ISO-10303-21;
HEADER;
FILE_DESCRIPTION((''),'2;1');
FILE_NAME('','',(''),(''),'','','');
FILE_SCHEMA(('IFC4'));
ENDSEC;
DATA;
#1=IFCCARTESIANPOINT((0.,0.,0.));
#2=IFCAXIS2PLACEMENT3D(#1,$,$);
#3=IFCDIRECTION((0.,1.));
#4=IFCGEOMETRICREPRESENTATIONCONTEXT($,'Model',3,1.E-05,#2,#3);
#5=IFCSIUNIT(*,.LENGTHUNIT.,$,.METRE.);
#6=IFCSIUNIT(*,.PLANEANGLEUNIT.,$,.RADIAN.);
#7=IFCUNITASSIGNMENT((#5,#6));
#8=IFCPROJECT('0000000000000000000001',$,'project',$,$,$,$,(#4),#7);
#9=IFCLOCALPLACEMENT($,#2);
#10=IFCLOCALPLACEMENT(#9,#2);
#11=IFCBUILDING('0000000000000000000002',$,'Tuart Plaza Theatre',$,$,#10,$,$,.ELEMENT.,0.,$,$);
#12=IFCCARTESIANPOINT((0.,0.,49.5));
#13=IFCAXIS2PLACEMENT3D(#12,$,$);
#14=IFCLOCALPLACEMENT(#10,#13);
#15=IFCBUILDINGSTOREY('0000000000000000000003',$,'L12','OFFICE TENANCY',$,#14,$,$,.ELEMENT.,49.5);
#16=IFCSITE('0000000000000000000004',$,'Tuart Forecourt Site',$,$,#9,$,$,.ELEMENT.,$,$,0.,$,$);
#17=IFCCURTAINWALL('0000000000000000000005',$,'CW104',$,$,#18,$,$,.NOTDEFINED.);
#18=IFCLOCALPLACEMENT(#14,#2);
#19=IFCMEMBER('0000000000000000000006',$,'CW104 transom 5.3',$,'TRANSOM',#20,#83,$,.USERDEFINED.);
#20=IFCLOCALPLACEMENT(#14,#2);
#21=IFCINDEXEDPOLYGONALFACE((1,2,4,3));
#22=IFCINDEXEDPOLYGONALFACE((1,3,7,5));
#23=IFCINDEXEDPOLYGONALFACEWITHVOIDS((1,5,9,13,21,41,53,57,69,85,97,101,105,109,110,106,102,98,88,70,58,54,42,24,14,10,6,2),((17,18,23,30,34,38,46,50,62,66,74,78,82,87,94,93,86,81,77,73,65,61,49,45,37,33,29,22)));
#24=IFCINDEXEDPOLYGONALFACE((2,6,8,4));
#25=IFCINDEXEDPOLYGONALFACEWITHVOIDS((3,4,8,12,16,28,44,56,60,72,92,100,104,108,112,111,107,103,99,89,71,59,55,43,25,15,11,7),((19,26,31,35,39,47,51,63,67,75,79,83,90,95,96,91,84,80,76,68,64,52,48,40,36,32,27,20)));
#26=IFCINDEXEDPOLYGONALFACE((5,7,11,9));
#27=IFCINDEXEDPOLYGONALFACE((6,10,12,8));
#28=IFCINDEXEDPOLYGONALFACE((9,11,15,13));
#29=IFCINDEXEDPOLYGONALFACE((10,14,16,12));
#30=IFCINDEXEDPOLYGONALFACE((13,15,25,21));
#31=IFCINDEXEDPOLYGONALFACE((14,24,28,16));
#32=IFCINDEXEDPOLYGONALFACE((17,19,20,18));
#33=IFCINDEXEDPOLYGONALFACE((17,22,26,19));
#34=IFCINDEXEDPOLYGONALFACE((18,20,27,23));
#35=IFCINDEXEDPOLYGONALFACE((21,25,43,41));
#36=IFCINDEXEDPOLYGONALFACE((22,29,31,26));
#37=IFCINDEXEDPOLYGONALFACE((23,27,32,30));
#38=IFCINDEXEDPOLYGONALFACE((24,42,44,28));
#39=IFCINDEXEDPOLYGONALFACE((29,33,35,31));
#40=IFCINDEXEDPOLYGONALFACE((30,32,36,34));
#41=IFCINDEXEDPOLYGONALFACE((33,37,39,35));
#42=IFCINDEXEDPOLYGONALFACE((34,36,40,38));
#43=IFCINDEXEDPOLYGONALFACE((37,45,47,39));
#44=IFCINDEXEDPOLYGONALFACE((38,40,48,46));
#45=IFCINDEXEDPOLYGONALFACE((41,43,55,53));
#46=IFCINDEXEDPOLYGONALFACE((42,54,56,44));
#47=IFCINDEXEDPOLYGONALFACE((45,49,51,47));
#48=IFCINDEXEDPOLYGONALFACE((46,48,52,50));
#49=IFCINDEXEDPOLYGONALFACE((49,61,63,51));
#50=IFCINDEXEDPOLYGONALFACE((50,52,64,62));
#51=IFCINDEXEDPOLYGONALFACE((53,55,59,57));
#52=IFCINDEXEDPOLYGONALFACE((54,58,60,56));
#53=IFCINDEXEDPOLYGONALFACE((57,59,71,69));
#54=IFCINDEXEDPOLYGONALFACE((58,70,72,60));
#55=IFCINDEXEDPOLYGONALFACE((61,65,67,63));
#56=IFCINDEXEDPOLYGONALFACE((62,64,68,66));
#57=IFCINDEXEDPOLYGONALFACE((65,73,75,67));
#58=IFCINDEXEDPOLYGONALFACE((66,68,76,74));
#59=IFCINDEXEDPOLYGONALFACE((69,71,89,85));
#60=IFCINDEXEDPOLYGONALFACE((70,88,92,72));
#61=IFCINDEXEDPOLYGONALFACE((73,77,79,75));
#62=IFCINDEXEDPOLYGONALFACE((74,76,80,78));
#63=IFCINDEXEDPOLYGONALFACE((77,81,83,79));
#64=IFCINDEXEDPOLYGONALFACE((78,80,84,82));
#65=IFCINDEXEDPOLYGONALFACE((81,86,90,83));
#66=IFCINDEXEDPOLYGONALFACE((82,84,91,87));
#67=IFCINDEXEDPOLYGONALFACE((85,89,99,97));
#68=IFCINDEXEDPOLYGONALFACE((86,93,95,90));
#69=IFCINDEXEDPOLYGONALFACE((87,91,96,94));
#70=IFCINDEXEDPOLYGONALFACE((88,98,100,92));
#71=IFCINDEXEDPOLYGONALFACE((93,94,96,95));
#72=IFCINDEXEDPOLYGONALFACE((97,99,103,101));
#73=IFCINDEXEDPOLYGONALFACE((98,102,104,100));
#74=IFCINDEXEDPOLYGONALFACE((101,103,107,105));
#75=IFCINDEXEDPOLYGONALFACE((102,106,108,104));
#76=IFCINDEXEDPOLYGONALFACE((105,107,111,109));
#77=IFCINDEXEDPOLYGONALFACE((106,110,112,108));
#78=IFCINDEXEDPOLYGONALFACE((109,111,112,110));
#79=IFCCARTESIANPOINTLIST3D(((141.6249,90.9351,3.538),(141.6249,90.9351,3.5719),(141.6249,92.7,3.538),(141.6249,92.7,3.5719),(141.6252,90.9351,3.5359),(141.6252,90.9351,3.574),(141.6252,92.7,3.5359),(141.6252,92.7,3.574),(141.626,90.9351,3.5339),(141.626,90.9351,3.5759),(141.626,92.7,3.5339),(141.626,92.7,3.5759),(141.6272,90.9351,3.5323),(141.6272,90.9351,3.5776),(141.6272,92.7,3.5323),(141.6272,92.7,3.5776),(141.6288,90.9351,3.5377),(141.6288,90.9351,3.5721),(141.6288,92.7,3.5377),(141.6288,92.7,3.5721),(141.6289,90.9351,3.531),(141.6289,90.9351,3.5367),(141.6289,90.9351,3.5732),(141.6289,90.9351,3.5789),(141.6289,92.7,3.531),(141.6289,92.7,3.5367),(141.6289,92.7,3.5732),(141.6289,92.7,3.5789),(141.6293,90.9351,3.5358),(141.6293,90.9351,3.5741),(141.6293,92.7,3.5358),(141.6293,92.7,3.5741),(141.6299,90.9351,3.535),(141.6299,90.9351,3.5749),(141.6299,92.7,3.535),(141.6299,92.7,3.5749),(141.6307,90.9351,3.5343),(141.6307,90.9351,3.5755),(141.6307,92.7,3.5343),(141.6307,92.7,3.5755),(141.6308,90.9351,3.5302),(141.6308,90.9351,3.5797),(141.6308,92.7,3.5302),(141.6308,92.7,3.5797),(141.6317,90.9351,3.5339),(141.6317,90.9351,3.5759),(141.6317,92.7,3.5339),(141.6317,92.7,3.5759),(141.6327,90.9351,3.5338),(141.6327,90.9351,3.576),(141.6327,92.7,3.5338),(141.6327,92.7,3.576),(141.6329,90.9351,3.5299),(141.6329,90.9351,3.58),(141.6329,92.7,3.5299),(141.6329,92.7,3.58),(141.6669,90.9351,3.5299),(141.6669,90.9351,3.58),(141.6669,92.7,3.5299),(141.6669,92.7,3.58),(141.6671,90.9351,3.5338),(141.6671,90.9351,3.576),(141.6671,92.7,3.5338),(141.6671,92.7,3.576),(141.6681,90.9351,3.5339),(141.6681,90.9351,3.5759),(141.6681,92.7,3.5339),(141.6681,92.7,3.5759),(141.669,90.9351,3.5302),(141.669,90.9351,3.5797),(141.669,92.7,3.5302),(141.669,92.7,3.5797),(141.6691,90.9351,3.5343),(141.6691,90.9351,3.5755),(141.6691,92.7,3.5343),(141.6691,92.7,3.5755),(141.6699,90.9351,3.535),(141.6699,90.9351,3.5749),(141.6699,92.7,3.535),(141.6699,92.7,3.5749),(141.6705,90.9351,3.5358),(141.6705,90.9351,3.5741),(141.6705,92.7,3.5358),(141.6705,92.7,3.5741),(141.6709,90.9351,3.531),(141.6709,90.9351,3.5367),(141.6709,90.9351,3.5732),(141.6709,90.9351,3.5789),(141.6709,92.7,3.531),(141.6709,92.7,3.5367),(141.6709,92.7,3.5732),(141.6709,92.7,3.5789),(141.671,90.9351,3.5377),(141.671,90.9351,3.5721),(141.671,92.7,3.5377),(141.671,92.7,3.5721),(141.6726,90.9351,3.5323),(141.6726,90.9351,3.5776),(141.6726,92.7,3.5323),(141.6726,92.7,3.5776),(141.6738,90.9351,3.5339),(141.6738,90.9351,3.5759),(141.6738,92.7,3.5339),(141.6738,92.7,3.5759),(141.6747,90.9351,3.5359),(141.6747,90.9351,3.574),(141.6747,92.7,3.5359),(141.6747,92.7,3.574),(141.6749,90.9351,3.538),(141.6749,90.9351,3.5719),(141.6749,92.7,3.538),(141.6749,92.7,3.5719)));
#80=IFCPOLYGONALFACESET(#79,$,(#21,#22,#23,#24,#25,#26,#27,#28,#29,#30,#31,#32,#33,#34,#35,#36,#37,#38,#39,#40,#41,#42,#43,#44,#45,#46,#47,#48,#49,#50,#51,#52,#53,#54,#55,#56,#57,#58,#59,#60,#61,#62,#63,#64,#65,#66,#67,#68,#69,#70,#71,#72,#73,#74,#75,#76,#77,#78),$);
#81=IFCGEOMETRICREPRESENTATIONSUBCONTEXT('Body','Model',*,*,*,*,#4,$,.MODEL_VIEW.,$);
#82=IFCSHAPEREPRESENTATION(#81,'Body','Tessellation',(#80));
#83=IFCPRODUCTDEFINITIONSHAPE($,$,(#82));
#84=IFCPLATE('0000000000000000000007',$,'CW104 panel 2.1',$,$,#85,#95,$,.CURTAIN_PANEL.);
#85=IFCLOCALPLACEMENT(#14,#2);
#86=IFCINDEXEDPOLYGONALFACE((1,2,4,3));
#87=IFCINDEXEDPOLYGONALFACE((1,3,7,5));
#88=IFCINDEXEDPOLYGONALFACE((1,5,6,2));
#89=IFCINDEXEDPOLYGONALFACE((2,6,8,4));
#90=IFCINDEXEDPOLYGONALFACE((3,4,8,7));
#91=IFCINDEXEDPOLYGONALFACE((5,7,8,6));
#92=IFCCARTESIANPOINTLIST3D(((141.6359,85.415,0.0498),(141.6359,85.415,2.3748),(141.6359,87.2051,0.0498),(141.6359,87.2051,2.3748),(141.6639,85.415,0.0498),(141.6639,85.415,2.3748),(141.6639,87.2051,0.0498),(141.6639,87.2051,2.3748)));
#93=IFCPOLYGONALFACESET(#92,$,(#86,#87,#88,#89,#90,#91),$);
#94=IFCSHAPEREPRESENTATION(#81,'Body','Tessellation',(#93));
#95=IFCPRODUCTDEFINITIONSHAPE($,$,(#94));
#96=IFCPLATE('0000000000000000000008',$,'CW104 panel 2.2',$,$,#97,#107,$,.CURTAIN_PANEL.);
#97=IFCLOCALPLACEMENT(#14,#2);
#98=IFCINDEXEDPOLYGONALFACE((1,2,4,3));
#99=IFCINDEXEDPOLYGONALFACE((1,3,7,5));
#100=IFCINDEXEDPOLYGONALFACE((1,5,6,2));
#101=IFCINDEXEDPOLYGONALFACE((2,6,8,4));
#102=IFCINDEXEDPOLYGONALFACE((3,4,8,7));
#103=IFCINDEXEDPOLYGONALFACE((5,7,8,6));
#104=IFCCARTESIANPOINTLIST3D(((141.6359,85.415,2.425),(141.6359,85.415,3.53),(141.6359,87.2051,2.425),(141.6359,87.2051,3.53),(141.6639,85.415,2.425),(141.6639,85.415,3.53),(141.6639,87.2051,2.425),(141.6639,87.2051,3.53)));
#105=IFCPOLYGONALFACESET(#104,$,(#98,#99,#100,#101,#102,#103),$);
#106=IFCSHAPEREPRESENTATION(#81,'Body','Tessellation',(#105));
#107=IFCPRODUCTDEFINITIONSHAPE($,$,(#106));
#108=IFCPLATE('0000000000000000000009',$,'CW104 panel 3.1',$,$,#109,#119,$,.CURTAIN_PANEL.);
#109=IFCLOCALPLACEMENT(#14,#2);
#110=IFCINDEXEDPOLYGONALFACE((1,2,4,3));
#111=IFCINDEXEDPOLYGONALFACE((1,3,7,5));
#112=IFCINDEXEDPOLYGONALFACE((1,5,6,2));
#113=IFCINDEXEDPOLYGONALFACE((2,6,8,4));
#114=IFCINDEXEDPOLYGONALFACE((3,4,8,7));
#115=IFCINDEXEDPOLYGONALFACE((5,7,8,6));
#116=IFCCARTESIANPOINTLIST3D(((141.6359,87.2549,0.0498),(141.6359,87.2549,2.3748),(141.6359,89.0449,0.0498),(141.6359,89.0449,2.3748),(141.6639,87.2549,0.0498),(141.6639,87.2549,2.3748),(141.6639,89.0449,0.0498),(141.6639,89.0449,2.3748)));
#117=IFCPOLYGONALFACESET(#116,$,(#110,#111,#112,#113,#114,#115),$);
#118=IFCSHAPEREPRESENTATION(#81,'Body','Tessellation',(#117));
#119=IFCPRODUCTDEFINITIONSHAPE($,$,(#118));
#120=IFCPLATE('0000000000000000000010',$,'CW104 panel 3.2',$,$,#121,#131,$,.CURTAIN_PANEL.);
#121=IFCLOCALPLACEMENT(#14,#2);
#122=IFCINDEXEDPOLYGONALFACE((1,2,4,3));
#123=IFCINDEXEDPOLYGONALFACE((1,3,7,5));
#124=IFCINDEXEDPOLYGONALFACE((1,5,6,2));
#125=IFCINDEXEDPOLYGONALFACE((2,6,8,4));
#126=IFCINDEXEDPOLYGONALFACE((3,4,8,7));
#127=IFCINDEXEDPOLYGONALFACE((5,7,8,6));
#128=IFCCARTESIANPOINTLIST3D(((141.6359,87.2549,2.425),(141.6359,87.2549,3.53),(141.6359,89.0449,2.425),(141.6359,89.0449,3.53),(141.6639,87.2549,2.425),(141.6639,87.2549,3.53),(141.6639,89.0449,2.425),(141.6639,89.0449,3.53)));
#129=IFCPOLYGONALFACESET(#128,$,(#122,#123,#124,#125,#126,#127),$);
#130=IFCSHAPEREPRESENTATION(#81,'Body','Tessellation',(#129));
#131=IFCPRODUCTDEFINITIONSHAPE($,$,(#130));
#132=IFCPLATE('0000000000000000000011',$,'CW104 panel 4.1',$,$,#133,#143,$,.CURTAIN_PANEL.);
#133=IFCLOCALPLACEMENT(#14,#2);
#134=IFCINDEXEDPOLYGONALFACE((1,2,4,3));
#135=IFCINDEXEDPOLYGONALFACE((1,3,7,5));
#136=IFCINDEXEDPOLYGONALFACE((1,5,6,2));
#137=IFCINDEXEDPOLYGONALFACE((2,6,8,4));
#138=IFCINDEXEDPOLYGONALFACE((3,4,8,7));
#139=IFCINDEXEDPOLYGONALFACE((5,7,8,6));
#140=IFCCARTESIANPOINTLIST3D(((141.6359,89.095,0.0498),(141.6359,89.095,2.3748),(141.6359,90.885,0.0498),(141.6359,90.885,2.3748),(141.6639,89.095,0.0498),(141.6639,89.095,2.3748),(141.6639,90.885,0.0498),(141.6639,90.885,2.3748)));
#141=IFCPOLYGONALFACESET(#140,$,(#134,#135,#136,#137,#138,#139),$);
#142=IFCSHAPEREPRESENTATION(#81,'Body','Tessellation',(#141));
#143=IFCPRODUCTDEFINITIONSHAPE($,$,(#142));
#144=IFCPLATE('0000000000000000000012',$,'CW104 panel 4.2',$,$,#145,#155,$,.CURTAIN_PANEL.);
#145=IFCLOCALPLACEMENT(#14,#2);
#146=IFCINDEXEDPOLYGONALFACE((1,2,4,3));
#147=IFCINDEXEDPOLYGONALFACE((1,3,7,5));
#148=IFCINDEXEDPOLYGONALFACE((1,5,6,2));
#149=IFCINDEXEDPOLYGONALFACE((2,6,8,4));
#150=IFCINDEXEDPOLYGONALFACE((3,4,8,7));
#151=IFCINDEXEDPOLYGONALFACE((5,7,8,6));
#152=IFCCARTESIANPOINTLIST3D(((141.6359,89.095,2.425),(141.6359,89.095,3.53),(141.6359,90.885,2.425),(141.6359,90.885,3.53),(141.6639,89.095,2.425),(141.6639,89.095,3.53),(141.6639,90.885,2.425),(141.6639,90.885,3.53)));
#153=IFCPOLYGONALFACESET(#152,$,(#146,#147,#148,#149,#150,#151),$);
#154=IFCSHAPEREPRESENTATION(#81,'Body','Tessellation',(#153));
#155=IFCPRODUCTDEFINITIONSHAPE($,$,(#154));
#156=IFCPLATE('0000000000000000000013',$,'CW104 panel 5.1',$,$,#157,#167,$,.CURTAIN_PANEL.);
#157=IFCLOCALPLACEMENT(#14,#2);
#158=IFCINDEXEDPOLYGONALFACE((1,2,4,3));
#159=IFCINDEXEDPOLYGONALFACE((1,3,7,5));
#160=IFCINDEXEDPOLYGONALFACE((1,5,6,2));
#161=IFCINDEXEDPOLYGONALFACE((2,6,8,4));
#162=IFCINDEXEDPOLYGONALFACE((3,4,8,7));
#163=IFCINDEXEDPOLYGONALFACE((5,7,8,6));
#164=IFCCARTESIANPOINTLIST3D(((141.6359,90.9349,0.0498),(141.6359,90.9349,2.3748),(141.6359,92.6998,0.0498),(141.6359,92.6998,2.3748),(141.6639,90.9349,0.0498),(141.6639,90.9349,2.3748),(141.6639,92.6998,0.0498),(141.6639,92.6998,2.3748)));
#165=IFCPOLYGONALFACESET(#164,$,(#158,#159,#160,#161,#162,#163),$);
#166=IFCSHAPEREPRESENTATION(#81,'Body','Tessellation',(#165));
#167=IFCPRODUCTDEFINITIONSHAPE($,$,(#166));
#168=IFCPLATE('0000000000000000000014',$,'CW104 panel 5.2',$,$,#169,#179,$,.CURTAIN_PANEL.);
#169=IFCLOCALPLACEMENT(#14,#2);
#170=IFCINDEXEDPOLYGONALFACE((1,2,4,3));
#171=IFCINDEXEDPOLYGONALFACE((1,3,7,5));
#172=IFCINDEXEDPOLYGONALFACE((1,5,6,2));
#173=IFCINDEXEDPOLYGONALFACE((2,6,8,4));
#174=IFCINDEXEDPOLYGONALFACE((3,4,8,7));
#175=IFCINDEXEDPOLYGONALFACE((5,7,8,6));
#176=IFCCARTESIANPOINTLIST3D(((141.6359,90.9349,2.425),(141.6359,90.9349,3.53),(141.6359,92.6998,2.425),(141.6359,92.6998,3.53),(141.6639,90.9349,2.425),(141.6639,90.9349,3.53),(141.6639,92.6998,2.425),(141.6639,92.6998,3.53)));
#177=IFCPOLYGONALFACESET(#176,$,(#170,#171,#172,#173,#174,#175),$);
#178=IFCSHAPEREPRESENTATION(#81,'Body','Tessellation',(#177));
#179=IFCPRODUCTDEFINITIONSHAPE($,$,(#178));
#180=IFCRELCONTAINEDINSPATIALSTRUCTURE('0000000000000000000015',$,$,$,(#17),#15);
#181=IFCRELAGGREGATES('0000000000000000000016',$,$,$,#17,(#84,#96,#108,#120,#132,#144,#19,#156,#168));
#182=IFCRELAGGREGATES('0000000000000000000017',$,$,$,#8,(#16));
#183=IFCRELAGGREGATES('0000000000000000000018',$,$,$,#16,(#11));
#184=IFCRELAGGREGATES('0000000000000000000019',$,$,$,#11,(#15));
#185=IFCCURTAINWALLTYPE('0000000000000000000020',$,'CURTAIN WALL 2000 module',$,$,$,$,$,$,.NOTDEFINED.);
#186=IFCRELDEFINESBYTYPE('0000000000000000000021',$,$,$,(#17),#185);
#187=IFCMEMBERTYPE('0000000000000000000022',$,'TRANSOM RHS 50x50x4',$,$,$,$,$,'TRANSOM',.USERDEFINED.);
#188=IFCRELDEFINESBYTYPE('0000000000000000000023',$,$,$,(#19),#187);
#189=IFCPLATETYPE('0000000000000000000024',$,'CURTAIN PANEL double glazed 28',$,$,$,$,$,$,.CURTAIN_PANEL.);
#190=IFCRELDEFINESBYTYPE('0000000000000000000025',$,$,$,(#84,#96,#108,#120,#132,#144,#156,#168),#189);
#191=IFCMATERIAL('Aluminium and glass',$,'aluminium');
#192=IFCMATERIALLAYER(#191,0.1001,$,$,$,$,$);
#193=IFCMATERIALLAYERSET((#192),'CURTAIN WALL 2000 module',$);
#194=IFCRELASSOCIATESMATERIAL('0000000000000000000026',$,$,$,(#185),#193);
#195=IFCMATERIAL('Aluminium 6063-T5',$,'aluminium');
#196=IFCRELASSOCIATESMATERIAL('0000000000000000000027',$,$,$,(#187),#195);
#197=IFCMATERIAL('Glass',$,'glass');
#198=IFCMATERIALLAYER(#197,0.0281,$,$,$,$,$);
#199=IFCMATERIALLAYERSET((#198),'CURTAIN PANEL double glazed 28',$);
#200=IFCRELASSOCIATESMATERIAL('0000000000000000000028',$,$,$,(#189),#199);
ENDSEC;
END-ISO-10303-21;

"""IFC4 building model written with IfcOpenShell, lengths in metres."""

from ifc_helpers import new_model, si_unit, direction, frame, origin, origin_2d, place, context, subcontext, project, spatial, rectangle, hollow_rectangle, extrude, material, layer, layer_set, material_profile, profile_set, type_object, element, aggregate, save


model = new_model("IFC4")

# Units and contexts
model_context = context("Model", 3, precision=1e-05, world=origin(), true_north=direction((0.0, 1.0)))
body_context = subcontext(model_context, "Body", "Model", "MODEL_VIEW")
ifc_project = project(units=[si_unit("LENGTHUNIT", "METRE"), si_unit("PLANEANGLEUNIT", "RADIAN")], contexts=[model_context])

# Site, building, storey
site_placement = place(None, origin())
site = spatial("IfcSite", under=ifc_project, at=site_placement, Name="Tuart Forecourt Site", CompositionType="ELEMENT", RefElevation=0.0)
building_placement = place(site_placement, origin())
building = spatial("IfcBuilding", under=site, at=building_placement, Name="Tuart Plaza Theatre", CompositionType="ELEMENT", ElevationOfRefHeight=0.0)
storey_placement = place(building_placement, frame((0.0, 0.0, 49.5)))
storey = spatial("IfcBuildingStorey", under=building, at=storey_placement, Name="L12", Description="OFFICE TENANCY", CompositionType="ELEMENT", Elevation=49.5)

# Curtain wall, member, plates
ifc_material_1 = material(Name="Aluminium and glass", Category="aluminium")
ifc_layer_1 = layer(ifc_material_1, 0.1001)
ifc_layer_set_1 = layer_set([ifc_layer_1], Name="CURTAIN WALL 2000 module")
curtain_wall_type = type_object("IfcCurtainWallType", Name="CURTAIN WALL 2000 module", PredefinedType="NOTDEFINED", material=ifc_layer_set_1)
curtain_wall_placement = place(storey_placement, origin())
curtain_wall = element("IfcCurtainWall", 1, at=curtain_wall_placement, inside=storey, type_object=curtain_wall_type, Name="CW104", PredefinedType="NOTDEFINED")
ifc_material_2 = material(Name="Aluminium 6063-T5", Category="aluminium")
ifc_material_profile_1 = material_profile(ifc_material_2, hollow_rectangle(XDim=0.05, YDim=0.05, WallThickness=0.0039, InnerFilletRadius=0.0039, OuterFilletRadius=0.0081, at=origin_2d()), Name="RHS 50x50x4")
ifc_profile_set_1 = profile_set([ifc_material_profile_1], Name="Aluminium 6063-T5")
member_type_1 = type_object("IfcMemberType", Name="TRANSOM RHS 50x50x4", ElementType="TRANSOM", PredefinedType="USERDEFINED", material=ifc_profile_set_1)
member_1_placement = place(storey_placement, frame((141.6499, 90.9351, 3.5549), z_axis=(0.0, 1.0, 0.0), x_axis=(-1.0, 0.0, 0.0)))
member_1 = element("IfcMember", 2, at=member_1_placement, type_object=member_type_1, Name="CW104 transom 5.3", ObjectType="TRANSOM", PredefinedType="USERDEFINED", context=body_context, shape_type="SweptSolid", body=[
    extrude(hollow_rectangle(XDim=0.05, YDim=0.05, WallThickness=0.0039, InnerFilletRadius=0.0039, OuterFilletRadius=0.0081, at=origin_2d()), origin(), (0.0, 0.0, 1.0), 1.7649),
])
ifc_material_3 = material(Name="Glass", Category="glass")
ifc_layer_2 = layer(ifc_material_3, 0.0281)
ifc_layer_set_2 = layer_set([ifc_layer_2], Name="CURTAIN PANEL double glazed 28")
plate_type = type_object("IfcPlateType", Name="CURTAIN PANEL double glazed 28", PredefinedType="CURTAIN_PANEL", material=ifc_layer_set_2)
plate_1_placement = place(storey_placement, frame((141.6499, 86.3101, 0.0498), z_axis=(0.0, 0.0, 1.0), x_axis=(0.0, 1.0, 0.0)))
plate_1 = element("IfcPlate", 3, at=plate_1_placement, type_object=plate_type, Name="CW104 panel 2.1", PredefinedType="CURTAIN_PANEL", context=body_context, shape_type="SweptSolid", body=[
    extrude(rectangle(XDim=1.79, YDim=0.0281, at=origin_2d()), origin(), (0.0, 0.0, 1.0), 2.325),
])
plate_2_placement = place(storey_placement, frame((141.6499, 86.3101, 2.425), z_axis=(0.0, 0.0, 1.0), x_axis=(0.0, 1.0, 0.0)))
plate_2 = element("IfcPlate", 4, at=plate_2_placement, type_object=plate_type, Name="CW104 panel 2.2", PredefinedType="CURTAIN_PANEL", context=body_context, shape_type="SweptSolid", body=[
    extrude(rectangle(XDim=1.79, YDim=0.0281, at=origin_2d()), origin(), (0.0, 0.0, 1.0), 1.105),
])
plate_3_placement = place(storey_placement, frame((141.6499, 88.1499, 0.0498), z_axis=(0.0, 0.0, 1.0), x_axis=(0.0, 1.0, 0.0)))
plate_3 = element("IfcPlate", 5, at=plate_3_placement, type_object=plate_type, Name="CW104 panel 3.1", PredefinedType="CURTAIN_PANEL", context=body_context, shape_type="SweptSolid", body=[
    extrude(rectangle(XDim=1.79, YDim=0.0281, at=origin_2d()), origin(), (0.0, 0.0, 1.0), 2.325),
])
plate_4_placement = place(storey_placement, frame((141.6499, 88.1499, 2.425), z_axis=(0.0, 0.0, 1.0), x_axis=(0.0, 1.0, 0.0)))
plate_4 = element("IfcPlate", 6, at=plate_4_placement, type_object=plate_type, Name="CW104 panel 3.2", PredefinedType="CURTAIN_PANEL", context=body_context, shape_type="SweptSolid", body=[
    extrude(rectangle(XDim=1.79, YDim=0.0281, at=origin_2d()), origin(), (0.0, 0.0, 1.0), 1.105),
])
plate_5_placement = place(storey_placement, frame((141.6499, 89.99, 0.0498), z_axis=(0.0, 0.0, 1.0), x_axis=(0.0, 1.0, 0.0)))
plate_5 = element("IfcPlate", 7, at=plate_5_placement, type_object=plate_type, Name="CW104 panel 4.1", PredefinedType="CURTAIN_PANEL", context=body_context, shape_type="SweptSolid", body=[
    extrude(rectangle(XDim=1.79, YDim=0.0281, at=origin_2d()), origin(), (0.0, 0.0, 1.0), 2.325),
])
plate_6_placement = place(storey_placement, frame((141.6499, 89.99, 2.425), z_axis=(0.0, 0.0, 1.0), x_axis=(0.0, 1.0, 0.0)))
plate_6 = element("IfcPlate", 8, at=plate_6_placement, type_object=plate_type, Name="CW104 panel 4.2", PredefinedType="CURTAIN_PANEL", context=body_context, shape_type="SweptSolid", body=[
    extrude(rectangle(XDim=1.79, YDim=0.0281, at=origin_2d()), origin(), (0.0, 0.0, 1.0), 1.105),
])
plate_7_placement = place(storey_placement, frame((141.6499, 91.8174, 0.0498), z_axis=(0.0, 0.0, 1.0), x_axis=(0.0, 1.0, 0.0)))
plate_7 = element("IfcPlate", 9, at=plate_7_placement, type_object=plate_type, Name="CW104 panel 5.1", PredefinedType="CURTAIN_PANEL", context=body_context, shape_type="SweptSolid", body=[
    extrude(rectangle(XDim=1.7649, YDim=0.0281, at=origin_2d()), origin(), (0.0, 0.0, 1.0), 2.325),
])
plate_8_placement = place(storey_placement, frame((141.6499, 91.8174, 2.425), z_axis=(0.0, 0.0, 1.0), x_axis=(0.0, 1.0, 0.0)))
plate_8 = element("IfcPlate", 10, at=plate_8_placement, type_object=plate_type, Name="CW104 panel 5.2", PredefinedType="CURTAIN_PANEL", context=body_context, shape_type="SweptSolid", body=[
    extrude(rectangle(XDim=1.7649, YDim=0.0281, at=origin_2d()), origin(), (0.0, 0.0, 1.0), 1.105),
])
aggregate(curtain_wall, [plate_1, plate_2, plate_3, plate_4, plate_5, plate_6, member_1, plate_7, plate_8])

save(model, "model.ifc")
